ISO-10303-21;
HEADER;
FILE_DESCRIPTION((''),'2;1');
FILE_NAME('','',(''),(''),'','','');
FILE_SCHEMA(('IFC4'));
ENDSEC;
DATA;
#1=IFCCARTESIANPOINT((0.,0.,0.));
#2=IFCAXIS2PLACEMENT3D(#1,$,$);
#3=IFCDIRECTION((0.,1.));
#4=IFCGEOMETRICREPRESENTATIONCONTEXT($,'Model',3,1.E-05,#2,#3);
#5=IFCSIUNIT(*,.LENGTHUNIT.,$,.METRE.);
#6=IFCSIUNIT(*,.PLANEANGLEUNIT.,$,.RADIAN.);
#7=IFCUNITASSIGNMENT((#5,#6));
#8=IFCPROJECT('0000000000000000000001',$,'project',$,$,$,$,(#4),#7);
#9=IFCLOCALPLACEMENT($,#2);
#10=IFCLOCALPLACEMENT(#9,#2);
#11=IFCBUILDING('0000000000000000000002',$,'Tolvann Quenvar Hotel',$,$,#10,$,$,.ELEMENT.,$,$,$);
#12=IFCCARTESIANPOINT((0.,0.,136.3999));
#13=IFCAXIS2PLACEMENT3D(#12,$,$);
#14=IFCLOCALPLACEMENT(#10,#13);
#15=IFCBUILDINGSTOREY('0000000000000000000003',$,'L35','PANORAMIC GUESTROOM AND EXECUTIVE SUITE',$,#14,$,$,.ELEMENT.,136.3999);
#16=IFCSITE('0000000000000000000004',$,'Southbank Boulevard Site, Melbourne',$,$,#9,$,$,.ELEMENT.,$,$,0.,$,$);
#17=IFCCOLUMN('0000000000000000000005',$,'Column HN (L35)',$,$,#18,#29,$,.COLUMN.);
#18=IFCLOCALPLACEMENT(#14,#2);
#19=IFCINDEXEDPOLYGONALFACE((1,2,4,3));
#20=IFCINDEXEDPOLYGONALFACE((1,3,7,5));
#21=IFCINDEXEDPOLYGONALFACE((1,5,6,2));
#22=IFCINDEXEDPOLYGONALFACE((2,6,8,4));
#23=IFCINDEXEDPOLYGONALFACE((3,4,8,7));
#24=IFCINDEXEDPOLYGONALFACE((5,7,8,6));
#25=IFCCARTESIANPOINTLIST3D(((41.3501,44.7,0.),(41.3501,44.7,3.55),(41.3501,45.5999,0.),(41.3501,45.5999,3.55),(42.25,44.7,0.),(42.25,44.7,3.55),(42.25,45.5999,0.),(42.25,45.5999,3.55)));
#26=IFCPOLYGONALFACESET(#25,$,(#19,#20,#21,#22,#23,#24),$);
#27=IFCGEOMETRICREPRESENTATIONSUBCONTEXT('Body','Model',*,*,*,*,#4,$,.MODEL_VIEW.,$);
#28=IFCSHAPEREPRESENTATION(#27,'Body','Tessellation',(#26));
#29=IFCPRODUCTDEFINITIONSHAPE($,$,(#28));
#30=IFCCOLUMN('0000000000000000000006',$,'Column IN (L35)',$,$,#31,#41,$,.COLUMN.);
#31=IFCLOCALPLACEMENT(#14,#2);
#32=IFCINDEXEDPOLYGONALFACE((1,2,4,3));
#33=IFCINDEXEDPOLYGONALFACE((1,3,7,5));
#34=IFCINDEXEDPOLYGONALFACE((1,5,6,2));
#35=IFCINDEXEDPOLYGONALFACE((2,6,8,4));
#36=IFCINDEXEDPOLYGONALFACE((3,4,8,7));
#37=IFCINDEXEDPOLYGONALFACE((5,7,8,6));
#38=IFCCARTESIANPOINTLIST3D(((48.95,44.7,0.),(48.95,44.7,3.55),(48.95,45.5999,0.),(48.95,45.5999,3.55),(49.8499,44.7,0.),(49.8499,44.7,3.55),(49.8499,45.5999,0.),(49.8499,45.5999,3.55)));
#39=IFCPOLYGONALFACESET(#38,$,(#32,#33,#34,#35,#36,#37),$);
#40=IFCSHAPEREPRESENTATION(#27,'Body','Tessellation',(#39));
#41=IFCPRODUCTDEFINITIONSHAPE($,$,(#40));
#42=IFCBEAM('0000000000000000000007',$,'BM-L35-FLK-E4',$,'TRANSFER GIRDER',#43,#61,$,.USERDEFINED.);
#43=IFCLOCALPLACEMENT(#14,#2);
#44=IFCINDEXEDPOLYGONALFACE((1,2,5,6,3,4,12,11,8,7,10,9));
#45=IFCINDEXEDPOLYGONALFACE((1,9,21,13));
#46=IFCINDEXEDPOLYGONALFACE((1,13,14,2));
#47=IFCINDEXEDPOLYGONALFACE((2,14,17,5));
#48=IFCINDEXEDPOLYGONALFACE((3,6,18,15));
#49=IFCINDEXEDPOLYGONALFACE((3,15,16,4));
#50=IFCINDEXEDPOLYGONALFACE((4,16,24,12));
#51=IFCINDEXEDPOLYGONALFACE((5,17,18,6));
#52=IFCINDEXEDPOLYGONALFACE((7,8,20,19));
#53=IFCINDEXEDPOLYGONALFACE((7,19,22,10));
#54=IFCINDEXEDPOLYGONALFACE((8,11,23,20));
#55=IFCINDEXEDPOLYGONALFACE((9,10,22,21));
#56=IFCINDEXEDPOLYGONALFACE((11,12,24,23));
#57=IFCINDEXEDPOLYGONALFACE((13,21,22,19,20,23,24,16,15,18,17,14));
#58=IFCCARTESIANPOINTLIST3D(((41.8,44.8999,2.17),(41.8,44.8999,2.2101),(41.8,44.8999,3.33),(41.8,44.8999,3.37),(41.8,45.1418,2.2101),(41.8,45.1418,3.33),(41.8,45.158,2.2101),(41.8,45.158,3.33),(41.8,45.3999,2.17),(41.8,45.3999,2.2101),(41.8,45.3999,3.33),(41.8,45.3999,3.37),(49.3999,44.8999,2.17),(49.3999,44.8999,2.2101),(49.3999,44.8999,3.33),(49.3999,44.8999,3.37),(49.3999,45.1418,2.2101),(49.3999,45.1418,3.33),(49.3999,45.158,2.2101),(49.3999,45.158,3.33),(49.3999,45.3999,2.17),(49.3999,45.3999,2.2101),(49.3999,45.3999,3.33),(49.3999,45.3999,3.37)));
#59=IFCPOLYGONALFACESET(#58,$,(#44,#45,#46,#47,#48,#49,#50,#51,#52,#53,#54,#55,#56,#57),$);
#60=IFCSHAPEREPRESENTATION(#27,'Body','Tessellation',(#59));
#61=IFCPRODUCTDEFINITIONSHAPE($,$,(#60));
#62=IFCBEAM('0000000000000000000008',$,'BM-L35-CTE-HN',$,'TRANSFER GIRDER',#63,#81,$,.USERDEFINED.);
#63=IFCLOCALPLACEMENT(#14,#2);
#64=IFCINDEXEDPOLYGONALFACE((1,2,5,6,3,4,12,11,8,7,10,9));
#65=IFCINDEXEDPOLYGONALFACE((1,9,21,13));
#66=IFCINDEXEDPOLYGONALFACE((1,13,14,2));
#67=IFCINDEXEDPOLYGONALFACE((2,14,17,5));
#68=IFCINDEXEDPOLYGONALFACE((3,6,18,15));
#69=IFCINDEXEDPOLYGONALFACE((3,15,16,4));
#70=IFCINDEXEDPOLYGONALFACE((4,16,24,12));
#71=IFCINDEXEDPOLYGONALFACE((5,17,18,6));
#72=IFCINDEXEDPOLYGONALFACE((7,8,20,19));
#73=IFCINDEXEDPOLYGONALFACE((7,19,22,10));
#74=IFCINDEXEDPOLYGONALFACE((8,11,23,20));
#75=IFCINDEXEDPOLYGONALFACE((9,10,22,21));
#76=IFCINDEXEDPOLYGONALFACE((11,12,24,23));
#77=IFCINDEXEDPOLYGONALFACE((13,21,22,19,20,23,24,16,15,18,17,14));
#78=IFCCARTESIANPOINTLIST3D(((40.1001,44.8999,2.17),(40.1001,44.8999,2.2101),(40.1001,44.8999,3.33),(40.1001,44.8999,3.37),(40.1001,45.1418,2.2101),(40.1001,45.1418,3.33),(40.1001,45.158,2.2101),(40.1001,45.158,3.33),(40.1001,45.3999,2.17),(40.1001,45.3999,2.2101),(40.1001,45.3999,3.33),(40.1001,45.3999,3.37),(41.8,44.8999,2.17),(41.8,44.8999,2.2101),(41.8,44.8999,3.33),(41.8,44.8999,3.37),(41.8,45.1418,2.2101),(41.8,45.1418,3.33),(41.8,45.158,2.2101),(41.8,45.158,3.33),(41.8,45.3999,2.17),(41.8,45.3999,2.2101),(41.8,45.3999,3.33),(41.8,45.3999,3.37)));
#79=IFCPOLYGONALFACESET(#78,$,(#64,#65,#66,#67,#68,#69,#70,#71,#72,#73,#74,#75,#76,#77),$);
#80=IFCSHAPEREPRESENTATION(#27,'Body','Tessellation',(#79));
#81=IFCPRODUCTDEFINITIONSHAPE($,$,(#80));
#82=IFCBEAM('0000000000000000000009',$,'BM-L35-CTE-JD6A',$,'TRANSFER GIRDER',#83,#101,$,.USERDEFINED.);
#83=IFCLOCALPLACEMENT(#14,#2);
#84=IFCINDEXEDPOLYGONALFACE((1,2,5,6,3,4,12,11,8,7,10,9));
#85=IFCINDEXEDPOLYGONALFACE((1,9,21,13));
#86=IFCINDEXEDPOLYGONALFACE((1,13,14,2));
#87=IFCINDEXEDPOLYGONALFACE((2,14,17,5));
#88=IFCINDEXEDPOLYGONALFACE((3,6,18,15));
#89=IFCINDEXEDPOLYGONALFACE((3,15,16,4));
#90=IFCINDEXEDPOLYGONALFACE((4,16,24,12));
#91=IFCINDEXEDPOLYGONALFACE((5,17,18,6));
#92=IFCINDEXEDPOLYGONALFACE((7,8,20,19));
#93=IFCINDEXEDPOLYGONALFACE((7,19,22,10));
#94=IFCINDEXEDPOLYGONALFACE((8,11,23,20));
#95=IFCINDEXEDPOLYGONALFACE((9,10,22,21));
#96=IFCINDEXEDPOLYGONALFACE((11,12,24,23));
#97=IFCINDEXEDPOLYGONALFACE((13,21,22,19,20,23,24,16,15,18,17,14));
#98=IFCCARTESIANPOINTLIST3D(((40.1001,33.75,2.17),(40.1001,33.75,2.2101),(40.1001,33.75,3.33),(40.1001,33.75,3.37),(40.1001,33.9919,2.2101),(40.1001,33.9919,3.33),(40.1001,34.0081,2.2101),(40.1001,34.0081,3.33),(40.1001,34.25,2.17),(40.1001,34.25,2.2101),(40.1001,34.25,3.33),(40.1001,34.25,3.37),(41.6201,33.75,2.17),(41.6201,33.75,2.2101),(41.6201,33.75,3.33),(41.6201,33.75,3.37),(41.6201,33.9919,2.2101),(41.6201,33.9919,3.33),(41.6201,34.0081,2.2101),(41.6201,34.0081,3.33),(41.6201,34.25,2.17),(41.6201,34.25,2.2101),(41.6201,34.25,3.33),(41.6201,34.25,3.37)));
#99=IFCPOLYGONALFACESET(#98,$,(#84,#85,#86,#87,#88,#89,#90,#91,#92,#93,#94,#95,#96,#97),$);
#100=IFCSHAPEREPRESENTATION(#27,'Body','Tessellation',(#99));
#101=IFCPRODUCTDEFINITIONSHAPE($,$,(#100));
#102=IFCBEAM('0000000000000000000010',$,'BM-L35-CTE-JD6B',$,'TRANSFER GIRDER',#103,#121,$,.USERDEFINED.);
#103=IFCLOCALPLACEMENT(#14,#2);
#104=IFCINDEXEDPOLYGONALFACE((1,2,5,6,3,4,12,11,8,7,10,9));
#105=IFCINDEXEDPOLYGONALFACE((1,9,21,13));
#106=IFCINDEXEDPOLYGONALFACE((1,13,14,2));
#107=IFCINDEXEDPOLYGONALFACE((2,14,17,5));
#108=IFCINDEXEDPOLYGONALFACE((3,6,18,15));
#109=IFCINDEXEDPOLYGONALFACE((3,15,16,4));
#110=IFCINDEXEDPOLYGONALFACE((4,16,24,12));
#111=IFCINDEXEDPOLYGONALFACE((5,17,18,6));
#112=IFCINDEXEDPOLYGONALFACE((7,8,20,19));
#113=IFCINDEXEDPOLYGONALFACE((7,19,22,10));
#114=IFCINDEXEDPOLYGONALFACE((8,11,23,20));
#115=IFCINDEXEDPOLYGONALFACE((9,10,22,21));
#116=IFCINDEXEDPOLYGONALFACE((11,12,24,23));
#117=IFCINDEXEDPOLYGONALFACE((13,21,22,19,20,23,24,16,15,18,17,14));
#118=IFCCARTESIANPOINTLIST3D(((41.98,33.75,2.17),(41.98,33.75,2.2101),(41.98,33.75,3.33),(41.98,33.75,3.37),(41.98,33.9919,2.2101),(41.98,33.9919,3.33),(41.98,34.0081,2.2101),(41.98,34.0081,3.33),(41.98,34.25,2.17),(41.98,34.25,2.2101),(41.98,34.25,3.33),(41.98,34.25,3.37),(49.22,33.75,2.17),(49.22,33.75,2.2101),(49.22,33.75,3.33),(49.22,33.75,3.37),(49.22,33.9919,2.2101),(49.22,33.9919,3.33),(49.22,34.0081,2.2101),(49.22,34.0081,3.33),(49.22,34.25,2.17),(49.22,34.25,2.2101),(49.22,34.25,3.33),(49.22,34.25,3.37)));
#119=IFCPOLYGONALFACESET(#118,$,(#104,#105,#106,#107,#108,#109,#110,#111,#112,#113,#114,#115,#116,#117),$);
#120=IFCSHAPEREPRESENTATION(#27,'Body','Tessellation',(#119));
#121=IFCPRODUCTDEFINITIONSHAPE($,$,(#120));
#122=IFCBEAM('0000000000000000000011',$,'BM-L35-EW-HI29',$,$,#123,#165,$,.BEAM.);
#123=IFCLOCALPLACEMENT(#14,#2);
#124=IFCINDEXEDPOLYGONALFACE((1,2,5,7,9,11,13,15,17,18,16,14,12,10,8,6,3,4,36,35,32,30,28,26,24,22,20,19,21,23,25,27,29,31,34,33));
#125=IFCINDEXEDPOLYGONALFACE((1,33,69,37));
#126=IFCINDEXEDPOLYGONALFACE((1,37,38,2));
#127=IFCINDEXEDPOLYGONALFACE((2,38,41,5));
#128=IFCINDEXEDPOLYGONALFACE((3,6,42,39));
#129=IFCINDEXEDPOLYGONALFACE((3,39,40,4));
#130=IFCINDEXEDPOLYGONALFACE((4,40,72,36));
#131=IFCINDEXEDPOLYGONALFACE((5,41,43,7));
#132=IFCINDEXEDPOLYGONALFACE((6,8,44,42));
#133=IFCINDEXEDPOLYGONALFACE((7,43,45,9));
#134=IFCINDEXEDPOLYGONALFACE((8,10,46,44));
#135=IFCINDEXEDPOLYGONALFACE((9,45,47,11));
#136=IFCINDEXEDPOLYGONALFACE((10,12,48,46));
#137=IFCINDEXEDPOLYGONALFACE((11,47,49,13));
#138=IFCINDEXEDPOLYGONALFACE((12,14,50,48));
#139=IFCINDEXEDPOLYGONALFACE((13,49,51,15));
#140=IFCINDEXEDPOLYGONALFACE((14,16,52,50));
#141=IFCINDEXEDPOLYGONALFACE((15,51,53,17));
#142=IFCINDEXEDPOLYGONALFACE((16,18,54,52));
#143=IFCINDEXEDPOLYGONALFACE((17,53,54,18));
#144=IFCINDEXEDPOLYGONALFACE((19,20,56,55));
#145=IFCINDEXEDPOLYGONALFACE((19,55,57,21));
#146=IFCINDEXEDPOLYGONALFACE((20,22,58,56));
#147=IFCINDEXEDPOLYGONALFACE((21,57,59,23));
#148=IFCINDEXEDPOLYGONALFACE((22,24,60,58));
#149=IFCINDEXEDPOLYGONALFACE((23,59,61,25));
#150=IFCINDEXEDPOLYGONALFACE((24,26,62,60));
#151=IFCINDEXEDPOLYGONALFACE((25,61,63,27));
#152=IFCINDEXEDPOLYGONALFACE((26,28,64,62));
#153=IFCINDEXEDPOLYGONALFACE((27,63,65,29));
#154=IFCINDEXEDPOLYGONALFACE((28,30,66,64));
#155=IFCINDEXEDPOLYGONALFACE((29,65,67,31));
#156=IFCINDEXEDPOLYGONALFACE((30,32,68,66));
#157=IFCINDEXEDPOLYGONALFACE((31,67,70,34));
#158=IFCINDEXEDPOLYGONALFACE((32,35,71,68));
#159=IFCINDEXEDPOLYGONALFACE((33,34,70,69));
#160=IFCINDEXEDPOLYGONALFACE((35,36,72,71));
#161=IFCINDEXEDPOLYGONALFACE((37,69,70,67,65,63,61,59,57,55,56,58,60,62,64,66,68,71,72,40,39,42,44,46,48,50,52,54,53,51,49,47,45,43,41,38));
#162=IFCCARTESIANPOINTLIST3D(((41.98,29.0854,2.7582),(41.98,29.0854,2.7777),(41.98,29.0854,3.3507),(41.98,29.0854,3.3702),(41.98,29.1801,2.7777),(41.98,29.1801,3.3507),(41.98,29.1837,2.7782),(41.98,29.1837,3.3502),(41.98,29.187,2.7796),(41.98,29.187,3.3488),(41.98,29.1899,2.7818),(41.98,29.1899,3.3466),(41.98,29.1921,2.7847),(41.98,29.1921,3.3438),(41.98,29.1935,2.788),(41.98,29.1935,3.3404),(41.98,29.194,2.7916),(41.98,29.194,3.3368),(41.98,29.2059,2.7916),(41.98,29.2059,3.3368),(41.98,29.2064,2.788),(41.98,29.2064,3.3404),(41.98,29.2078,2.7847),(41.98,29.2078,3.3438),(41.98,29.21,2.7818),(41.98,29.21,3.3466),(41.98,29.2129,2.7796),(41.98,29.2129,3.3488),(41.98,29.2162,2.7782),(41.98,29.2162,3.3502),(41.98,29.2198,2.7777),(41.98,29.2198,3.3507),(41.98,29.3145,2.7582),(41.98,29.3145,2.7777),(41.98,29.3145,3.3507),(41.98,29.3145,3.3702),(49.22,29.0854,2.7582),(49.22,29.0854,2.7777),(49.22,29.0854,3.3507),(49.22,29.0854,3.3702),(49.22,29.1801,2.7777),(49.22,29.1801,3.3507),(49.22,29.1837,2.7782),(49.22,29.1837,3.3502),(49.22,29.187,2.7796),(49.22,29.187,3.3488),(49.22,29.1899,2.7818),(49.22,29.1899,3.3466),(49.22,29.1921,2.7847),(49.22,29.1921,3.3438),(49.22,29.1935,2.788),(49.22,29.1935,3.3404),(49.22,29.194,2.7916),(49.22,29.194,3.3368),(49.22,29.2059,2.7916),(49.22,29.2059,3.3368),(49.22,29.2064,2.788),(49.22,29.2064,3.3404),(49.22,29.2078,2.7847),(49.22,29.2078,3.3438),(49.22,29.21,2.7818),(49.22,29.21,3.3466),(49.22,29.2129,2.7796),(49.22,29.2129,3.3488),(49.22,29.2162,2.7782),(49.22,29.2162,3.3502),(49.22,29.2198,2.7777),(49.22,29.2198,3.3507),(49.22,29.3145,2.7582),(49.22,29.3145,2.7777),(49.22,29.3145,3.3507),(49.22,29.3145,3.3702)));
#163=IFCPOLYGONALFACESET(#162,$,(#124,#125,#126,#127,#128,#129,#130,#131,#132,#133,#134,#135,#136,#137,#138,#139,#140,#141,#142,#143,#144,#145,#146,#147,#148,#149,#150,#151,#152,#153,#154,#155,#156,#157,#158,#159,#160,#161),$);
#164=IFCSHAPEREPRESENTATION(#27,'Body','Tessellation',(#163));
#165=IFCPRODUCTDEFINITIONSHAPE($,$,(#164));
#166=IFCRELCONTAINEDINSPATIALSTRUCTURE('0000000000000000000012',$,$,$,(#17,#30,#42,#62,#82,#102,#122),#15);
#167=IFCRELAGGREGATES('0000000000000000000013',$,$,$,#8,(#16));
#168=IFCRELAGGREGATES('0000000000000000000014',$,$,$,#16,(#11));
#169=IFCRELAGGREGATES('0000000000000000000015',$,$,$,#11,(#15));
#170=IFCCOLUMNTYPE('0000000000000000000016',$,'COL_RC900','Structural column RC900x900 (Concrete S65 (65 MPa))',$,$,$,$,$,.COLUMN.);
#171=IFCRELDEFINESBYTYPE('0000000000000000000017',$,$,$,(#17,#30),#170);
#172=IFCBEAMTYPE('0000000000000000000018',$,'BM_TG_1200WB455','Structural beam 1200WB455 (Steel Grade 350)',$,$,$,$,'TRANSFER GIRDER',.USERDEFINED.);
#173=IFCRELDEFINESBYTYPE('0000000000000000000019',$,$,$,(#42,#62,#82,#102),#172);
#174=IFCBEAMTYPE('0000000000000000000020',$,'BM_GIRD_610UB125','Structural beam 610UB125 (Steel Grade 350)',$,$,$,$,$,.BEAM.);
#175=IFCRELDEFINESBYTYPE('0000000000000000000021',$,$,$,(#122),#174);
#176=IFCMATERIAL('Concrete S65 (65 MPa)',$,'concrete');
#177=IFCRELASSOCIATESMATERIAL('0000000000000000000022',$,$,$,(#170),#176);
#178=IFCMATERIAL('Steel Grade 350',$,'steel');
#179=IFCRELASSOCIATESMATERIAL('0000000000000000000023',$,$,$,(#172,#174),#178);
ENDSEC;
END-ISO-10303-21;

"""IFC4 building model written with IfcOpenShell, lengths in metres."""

from ifc_helpers import new_model, si_unit, direction, frame, origin, origin_2d, place, context, subcontext, project, spatial, rectangle, i_section, extrude, source, transform, mapped, material, material_profile, profile_set, type_object, type_shapes, element, save


model = new_model("IFC4")

# Units and contexts
model_context = context("Model", 3, precision=1e-05, world=origin(), true_north=direction((0.0, 1.0)))
body_context = subcontext(model_context, "Body", "Model", "MODEL_VIEW")
ifc_project = project(units=[si_unit("LENGTHUNIT", "METRE"), si_unit("PLANEANGLEUNIT", "RADIAN")], contexts=[model_context])

# Site, building, storey
site_placement = place(None, origin())
site = spatial("IfcSite", under=ifc_project, at=site_placement, Name="Southbank Boulevard Site, Melbourne", CompositionType="ELEMENT", RefElevation=0.0)
building_placement = place(site_placement, origin())
building = spatial("IfcBuilding", under=site, at=building_placement, Name="Tolvann Quenvar Hotel", CompositionType="ELEMENT")
storey_placement = place(building_placement, frame((0.0, 0.0, 136.3999)))
storey = spatial("IfcBuildingStorey", under=building, at=storey_placement, Name="L35", Description="PANORAMIC GUESTROOM AND EXECUTIVE SUITE", CompositionType="ELEMENT", Elevation=136.3999)

# Columns
ifc_material_1 = material(Name="Concrete S65 (65 MPa)", Category="concrete")
ifc_material_profile_1 = material_profile(ifc_material_1, rectangle(XDim=0.8999, YDim=0.8999, at=origin_2d()), Name="RC900x900")
ifc_profile_set_1 = profile_set([ifc_material_profile_1], Name="Concrete S65 (65 MPa)")
column_type = type_object("IfcColumnType", Name="COL_RC900", Description="Structural column RC900x900 (Concrete S65 (65 MPa))", PredefinedType="COLUMN", material=ifc_profile_set_1)
shared_shape_1 = source(origin(), body_context, "Body", "SweptSolid", [
    extrude(rectangle(XDim=0.8999, YDim=0.8999, at=origin_2d()), origin(), (0.0, 0.0, 1.0), 3.55),
])
type_shapes(column_type, [shared_shape_1])
for number, where, z_axis, x_axis, name in (
    (1, (41.8, 45.1499, 0.0), (0.0, 0.0, 1.0), (1.0, 0.0, 0.0), "Column HN (L35)"),
    (2, (49.3999, 45.1499, 0.0), (0.0, 0.0, 1.0), (1.0, 0.0, 0.0), "Column IN (L35)"),
):
    element("IfcColumn", number, at=place(storey_placement, frame(where, z_axis=z_axis, x_axis=x_axis)), inside=storey, type_object=column_type, Name=name, PredefinedType="COLUMN", context=body_context, shape_type="MappedRepresentation", body=[
        mapped(shared_shape_1, transform((0.0, 0.0, 0.0), x_axis=(1.0, 0.0, 0.0), y_axis=(0.0, 1.0, 0.0), z_axis=(0.0, 0.0, 1.0), scale=1.0)),
    ])

# Beams
ifc_material_2 = material(Name="Steel Grade 350", Category="steel")
ifc_material_profile_2 = material_profile(ifc_material_2, i_section(OverallWidth=0.5, OverallDepth=1.2, WebThickness=0.0161, FlangeThickness=0.04, at=origin_2d()), Name="1200WB455")
ifc_profile_set_2 = profile_set([ifc_material_profile_2], Name="Steel Grade 350")
beam_type_1 = type_object("IfcBeamType", Name="BM_TG_1200WB455", Description="Structural beam 1200WB455 (Steel Grade 350)", ElementType="TRANSFER GIRDER", PredefinedType="USERDEFINED", material=ifc_profile_set_2)
shared_shape_2 = source(origin(), body_context, "Body", "SweptSolid", [
    extrude(i_section(OverallWidth=0.5, OverallDepth=1.2, WebThickness=0.0161, FlangeThickness=0.04, at=origin_2d()), origin(), (0.0, 0.0, 1.0), 7.5999),
])
beam_1_placement = place(storey_placement, frame((49.3999, 45.1499, 2.77), z_axis=(-1.0, 0.0, 0.0), x_axis=(0.0, -1.0, 0.0)))
element("IfcBeam", 3, at=beam_1_placement, inside=storey, type_object=beam_type_1, Name="BM-L35-FLK-E4", ObjectType="TRANSFER GIRDER", PredefinedType="USERDEFINED", context=body_context, shape_type="MappedRepresentation", body=[
    mapped(shared_shape_2, transform((0.0, 0.0, 0.0), x_axis=(1.0, 0.0, 0.0), y_axis=(0.0, 1.0, 0.0), z_axis=(0.0, 0.0, 1.0), scale=1.0)),
])
shared_shape_3 = source(origin(), body_context, "Body", "SweptSolid", [
    extrude(i_section(OverallWidth=0.5, OverallDepth=1.2, WebThickness=0.0161, FlangeThickness=0.04, at=origin_2d()), origin(), (0.0, 0.0, 1.0), 1.7),
])
beam_2_placement = place(storey_placement, frame((40.1001, 45.1499, 2.77), z_axis=(1.0, 0.0, 0.0), x_axis=(0.0, 1.0, 0.0)))
element("IfcBeam", 4, at=beam_2_placement, inside=storey, type_object=beam_type_1, Name="BM-L35-CTE-HN", ObjectType="TRANSFER GIRDER", PredefinedType="USERDEFINED", context=body_context, shape_type="MappedRepresentation", body=[
    mapped(shared_shape_3, transform((0.0, 0.0, 0.0), x_axis=(1.0, 0.0, 0.0), y_axis=(0.0, 1.0, 0.0), z_axis=(0.0, 0.0, 1.0), scale=1.0)),
])
shared_shape_4 = source(origin(), body_context, "Body", "SweptSolid", [
    extrude(i_section(OverallWidth=0.5, OverallDepth=1.2, WebThickness=0.0161, FlangeThickness=0.04, at=origin_2d()), origin(), (0.0, 0.0, 1.0), 1.52),
])
beam_3_placement = place(storey_placement, frame((40.1001, 34.0, 2.77), z_axis=(1.0, 0.0, 0.0), x_axis=(0.0, 1.0, 0.0)))
element("IfcBeam", 5, at=beam_3_placement, inside=storey, type_object=beam_type_1, Name="BM-L35-CTE-JD6A", ObjectType="TRANSFER GIRDER", PredefinedType="USERDEFINED", context=body_context, shape_type="MappedRepresentation", body=[
    mapped(shared_shape_4, transform((0.0, 0.0, 0.0), x_axis=(1.0, 0.0, 0.0), y_axis=(0.0, 1.0, 0.0), z_axis=(0.0, 0.0, 1.0), scale=1.0)),
])
shared_shape_5 = source(origin(), body_context, "Body", "SweptSolid", [
    extrude(i_section(OverallWidth=0.5, OverallDepth=1.2, WebThickness=0.0161, FlangeThickness=0.04, at=origin_2d()), origin(), (0.0, 0.0, 1.0), 7.24),
])
type_shapes(beam_type_1, [shared_shape_2, shared_shape_3, shared_shape_4, shared_shape_5])
beam_4_placement = place(storey_placement, frame((41.98, 34.0, 2.77), z_axis=(1.0, 0.0, 0.0), x_axis=(0.0, 1.0, 0.0)))
element("IfcBeam", 6, at=beam_4_placement, inside=storey, type_object=beam_type_1, Name="BM-L35-CTE-JD6B", ObjectType="TRANSFER GIRDER", PredefinedType="USERDEFINED", context=body_context, shape_type="MappedRepresentation", body=[
    mapped(shared_shape_5, transform((0.0, 0.0, 0.0), x_axis=(1.0, 0.0, 0.0), y_axis=(0.0, 1.0, 0.0), z_axis=(0.0, 0.0, 1.0), scale=1.0)),
])
ifc_material_profile_3 = material_profile(ifc_material_2, i_section(OverallWidth=0.229, OverallDepth=0.6121, WebThickness=0.012, FlangeThickness=0.0195, FilletRadius=0.0139, at=origin_2d()), Name="610UB125")
ifc_profile_set_3 = profile_set([ifc_material_profile_3], Name="Steel Grade 350")
beam_type_2 = type_object("IfcBeamType", Name="BM_GIRD_610UB125", Description="Structural beam 610UB125 (Steel Grade 350)", PredefinedType="BEAM", material=ifc_profile_set_3)
shared_shape_6 = source(origin(), body_context, "Body", "SweptSolid", [
    extrude(i_section(OverallWidth=0.229, OverallDepth=0.6121, WebThickness=0.012, FlangeThickness=0.0195, FilletRadius=0.0139, at=origin_2d()), origin(), (0.0, 0.0, 1.0), 7.24),
])
beam_5_placement = place(storey_placement, frame((41.98, 29.2, 3.0642), z_axis=(1.0, 0.0, 0.0), x_axis=(0.0, 1.0, 0.0)))
element("IfcBeam", 7, at=beam_5_placement, inside=storey, type_object=beam_type_2, Name="BM-L35-EW-HI29", PredefinedType="BEAM", context=body_context, shape_type="MappedRepresentation", body=[
    mapped(shared_shape_6, transform((0.0, 0.0, 0.0), x_axis=(1.0, 0.0, 0.0), y_axis=(0.0, 1.0, 0.0), z_axis=(0.0, 0.0, 1.0), scale=1.0)),
])

save(model, "model.ifc")
